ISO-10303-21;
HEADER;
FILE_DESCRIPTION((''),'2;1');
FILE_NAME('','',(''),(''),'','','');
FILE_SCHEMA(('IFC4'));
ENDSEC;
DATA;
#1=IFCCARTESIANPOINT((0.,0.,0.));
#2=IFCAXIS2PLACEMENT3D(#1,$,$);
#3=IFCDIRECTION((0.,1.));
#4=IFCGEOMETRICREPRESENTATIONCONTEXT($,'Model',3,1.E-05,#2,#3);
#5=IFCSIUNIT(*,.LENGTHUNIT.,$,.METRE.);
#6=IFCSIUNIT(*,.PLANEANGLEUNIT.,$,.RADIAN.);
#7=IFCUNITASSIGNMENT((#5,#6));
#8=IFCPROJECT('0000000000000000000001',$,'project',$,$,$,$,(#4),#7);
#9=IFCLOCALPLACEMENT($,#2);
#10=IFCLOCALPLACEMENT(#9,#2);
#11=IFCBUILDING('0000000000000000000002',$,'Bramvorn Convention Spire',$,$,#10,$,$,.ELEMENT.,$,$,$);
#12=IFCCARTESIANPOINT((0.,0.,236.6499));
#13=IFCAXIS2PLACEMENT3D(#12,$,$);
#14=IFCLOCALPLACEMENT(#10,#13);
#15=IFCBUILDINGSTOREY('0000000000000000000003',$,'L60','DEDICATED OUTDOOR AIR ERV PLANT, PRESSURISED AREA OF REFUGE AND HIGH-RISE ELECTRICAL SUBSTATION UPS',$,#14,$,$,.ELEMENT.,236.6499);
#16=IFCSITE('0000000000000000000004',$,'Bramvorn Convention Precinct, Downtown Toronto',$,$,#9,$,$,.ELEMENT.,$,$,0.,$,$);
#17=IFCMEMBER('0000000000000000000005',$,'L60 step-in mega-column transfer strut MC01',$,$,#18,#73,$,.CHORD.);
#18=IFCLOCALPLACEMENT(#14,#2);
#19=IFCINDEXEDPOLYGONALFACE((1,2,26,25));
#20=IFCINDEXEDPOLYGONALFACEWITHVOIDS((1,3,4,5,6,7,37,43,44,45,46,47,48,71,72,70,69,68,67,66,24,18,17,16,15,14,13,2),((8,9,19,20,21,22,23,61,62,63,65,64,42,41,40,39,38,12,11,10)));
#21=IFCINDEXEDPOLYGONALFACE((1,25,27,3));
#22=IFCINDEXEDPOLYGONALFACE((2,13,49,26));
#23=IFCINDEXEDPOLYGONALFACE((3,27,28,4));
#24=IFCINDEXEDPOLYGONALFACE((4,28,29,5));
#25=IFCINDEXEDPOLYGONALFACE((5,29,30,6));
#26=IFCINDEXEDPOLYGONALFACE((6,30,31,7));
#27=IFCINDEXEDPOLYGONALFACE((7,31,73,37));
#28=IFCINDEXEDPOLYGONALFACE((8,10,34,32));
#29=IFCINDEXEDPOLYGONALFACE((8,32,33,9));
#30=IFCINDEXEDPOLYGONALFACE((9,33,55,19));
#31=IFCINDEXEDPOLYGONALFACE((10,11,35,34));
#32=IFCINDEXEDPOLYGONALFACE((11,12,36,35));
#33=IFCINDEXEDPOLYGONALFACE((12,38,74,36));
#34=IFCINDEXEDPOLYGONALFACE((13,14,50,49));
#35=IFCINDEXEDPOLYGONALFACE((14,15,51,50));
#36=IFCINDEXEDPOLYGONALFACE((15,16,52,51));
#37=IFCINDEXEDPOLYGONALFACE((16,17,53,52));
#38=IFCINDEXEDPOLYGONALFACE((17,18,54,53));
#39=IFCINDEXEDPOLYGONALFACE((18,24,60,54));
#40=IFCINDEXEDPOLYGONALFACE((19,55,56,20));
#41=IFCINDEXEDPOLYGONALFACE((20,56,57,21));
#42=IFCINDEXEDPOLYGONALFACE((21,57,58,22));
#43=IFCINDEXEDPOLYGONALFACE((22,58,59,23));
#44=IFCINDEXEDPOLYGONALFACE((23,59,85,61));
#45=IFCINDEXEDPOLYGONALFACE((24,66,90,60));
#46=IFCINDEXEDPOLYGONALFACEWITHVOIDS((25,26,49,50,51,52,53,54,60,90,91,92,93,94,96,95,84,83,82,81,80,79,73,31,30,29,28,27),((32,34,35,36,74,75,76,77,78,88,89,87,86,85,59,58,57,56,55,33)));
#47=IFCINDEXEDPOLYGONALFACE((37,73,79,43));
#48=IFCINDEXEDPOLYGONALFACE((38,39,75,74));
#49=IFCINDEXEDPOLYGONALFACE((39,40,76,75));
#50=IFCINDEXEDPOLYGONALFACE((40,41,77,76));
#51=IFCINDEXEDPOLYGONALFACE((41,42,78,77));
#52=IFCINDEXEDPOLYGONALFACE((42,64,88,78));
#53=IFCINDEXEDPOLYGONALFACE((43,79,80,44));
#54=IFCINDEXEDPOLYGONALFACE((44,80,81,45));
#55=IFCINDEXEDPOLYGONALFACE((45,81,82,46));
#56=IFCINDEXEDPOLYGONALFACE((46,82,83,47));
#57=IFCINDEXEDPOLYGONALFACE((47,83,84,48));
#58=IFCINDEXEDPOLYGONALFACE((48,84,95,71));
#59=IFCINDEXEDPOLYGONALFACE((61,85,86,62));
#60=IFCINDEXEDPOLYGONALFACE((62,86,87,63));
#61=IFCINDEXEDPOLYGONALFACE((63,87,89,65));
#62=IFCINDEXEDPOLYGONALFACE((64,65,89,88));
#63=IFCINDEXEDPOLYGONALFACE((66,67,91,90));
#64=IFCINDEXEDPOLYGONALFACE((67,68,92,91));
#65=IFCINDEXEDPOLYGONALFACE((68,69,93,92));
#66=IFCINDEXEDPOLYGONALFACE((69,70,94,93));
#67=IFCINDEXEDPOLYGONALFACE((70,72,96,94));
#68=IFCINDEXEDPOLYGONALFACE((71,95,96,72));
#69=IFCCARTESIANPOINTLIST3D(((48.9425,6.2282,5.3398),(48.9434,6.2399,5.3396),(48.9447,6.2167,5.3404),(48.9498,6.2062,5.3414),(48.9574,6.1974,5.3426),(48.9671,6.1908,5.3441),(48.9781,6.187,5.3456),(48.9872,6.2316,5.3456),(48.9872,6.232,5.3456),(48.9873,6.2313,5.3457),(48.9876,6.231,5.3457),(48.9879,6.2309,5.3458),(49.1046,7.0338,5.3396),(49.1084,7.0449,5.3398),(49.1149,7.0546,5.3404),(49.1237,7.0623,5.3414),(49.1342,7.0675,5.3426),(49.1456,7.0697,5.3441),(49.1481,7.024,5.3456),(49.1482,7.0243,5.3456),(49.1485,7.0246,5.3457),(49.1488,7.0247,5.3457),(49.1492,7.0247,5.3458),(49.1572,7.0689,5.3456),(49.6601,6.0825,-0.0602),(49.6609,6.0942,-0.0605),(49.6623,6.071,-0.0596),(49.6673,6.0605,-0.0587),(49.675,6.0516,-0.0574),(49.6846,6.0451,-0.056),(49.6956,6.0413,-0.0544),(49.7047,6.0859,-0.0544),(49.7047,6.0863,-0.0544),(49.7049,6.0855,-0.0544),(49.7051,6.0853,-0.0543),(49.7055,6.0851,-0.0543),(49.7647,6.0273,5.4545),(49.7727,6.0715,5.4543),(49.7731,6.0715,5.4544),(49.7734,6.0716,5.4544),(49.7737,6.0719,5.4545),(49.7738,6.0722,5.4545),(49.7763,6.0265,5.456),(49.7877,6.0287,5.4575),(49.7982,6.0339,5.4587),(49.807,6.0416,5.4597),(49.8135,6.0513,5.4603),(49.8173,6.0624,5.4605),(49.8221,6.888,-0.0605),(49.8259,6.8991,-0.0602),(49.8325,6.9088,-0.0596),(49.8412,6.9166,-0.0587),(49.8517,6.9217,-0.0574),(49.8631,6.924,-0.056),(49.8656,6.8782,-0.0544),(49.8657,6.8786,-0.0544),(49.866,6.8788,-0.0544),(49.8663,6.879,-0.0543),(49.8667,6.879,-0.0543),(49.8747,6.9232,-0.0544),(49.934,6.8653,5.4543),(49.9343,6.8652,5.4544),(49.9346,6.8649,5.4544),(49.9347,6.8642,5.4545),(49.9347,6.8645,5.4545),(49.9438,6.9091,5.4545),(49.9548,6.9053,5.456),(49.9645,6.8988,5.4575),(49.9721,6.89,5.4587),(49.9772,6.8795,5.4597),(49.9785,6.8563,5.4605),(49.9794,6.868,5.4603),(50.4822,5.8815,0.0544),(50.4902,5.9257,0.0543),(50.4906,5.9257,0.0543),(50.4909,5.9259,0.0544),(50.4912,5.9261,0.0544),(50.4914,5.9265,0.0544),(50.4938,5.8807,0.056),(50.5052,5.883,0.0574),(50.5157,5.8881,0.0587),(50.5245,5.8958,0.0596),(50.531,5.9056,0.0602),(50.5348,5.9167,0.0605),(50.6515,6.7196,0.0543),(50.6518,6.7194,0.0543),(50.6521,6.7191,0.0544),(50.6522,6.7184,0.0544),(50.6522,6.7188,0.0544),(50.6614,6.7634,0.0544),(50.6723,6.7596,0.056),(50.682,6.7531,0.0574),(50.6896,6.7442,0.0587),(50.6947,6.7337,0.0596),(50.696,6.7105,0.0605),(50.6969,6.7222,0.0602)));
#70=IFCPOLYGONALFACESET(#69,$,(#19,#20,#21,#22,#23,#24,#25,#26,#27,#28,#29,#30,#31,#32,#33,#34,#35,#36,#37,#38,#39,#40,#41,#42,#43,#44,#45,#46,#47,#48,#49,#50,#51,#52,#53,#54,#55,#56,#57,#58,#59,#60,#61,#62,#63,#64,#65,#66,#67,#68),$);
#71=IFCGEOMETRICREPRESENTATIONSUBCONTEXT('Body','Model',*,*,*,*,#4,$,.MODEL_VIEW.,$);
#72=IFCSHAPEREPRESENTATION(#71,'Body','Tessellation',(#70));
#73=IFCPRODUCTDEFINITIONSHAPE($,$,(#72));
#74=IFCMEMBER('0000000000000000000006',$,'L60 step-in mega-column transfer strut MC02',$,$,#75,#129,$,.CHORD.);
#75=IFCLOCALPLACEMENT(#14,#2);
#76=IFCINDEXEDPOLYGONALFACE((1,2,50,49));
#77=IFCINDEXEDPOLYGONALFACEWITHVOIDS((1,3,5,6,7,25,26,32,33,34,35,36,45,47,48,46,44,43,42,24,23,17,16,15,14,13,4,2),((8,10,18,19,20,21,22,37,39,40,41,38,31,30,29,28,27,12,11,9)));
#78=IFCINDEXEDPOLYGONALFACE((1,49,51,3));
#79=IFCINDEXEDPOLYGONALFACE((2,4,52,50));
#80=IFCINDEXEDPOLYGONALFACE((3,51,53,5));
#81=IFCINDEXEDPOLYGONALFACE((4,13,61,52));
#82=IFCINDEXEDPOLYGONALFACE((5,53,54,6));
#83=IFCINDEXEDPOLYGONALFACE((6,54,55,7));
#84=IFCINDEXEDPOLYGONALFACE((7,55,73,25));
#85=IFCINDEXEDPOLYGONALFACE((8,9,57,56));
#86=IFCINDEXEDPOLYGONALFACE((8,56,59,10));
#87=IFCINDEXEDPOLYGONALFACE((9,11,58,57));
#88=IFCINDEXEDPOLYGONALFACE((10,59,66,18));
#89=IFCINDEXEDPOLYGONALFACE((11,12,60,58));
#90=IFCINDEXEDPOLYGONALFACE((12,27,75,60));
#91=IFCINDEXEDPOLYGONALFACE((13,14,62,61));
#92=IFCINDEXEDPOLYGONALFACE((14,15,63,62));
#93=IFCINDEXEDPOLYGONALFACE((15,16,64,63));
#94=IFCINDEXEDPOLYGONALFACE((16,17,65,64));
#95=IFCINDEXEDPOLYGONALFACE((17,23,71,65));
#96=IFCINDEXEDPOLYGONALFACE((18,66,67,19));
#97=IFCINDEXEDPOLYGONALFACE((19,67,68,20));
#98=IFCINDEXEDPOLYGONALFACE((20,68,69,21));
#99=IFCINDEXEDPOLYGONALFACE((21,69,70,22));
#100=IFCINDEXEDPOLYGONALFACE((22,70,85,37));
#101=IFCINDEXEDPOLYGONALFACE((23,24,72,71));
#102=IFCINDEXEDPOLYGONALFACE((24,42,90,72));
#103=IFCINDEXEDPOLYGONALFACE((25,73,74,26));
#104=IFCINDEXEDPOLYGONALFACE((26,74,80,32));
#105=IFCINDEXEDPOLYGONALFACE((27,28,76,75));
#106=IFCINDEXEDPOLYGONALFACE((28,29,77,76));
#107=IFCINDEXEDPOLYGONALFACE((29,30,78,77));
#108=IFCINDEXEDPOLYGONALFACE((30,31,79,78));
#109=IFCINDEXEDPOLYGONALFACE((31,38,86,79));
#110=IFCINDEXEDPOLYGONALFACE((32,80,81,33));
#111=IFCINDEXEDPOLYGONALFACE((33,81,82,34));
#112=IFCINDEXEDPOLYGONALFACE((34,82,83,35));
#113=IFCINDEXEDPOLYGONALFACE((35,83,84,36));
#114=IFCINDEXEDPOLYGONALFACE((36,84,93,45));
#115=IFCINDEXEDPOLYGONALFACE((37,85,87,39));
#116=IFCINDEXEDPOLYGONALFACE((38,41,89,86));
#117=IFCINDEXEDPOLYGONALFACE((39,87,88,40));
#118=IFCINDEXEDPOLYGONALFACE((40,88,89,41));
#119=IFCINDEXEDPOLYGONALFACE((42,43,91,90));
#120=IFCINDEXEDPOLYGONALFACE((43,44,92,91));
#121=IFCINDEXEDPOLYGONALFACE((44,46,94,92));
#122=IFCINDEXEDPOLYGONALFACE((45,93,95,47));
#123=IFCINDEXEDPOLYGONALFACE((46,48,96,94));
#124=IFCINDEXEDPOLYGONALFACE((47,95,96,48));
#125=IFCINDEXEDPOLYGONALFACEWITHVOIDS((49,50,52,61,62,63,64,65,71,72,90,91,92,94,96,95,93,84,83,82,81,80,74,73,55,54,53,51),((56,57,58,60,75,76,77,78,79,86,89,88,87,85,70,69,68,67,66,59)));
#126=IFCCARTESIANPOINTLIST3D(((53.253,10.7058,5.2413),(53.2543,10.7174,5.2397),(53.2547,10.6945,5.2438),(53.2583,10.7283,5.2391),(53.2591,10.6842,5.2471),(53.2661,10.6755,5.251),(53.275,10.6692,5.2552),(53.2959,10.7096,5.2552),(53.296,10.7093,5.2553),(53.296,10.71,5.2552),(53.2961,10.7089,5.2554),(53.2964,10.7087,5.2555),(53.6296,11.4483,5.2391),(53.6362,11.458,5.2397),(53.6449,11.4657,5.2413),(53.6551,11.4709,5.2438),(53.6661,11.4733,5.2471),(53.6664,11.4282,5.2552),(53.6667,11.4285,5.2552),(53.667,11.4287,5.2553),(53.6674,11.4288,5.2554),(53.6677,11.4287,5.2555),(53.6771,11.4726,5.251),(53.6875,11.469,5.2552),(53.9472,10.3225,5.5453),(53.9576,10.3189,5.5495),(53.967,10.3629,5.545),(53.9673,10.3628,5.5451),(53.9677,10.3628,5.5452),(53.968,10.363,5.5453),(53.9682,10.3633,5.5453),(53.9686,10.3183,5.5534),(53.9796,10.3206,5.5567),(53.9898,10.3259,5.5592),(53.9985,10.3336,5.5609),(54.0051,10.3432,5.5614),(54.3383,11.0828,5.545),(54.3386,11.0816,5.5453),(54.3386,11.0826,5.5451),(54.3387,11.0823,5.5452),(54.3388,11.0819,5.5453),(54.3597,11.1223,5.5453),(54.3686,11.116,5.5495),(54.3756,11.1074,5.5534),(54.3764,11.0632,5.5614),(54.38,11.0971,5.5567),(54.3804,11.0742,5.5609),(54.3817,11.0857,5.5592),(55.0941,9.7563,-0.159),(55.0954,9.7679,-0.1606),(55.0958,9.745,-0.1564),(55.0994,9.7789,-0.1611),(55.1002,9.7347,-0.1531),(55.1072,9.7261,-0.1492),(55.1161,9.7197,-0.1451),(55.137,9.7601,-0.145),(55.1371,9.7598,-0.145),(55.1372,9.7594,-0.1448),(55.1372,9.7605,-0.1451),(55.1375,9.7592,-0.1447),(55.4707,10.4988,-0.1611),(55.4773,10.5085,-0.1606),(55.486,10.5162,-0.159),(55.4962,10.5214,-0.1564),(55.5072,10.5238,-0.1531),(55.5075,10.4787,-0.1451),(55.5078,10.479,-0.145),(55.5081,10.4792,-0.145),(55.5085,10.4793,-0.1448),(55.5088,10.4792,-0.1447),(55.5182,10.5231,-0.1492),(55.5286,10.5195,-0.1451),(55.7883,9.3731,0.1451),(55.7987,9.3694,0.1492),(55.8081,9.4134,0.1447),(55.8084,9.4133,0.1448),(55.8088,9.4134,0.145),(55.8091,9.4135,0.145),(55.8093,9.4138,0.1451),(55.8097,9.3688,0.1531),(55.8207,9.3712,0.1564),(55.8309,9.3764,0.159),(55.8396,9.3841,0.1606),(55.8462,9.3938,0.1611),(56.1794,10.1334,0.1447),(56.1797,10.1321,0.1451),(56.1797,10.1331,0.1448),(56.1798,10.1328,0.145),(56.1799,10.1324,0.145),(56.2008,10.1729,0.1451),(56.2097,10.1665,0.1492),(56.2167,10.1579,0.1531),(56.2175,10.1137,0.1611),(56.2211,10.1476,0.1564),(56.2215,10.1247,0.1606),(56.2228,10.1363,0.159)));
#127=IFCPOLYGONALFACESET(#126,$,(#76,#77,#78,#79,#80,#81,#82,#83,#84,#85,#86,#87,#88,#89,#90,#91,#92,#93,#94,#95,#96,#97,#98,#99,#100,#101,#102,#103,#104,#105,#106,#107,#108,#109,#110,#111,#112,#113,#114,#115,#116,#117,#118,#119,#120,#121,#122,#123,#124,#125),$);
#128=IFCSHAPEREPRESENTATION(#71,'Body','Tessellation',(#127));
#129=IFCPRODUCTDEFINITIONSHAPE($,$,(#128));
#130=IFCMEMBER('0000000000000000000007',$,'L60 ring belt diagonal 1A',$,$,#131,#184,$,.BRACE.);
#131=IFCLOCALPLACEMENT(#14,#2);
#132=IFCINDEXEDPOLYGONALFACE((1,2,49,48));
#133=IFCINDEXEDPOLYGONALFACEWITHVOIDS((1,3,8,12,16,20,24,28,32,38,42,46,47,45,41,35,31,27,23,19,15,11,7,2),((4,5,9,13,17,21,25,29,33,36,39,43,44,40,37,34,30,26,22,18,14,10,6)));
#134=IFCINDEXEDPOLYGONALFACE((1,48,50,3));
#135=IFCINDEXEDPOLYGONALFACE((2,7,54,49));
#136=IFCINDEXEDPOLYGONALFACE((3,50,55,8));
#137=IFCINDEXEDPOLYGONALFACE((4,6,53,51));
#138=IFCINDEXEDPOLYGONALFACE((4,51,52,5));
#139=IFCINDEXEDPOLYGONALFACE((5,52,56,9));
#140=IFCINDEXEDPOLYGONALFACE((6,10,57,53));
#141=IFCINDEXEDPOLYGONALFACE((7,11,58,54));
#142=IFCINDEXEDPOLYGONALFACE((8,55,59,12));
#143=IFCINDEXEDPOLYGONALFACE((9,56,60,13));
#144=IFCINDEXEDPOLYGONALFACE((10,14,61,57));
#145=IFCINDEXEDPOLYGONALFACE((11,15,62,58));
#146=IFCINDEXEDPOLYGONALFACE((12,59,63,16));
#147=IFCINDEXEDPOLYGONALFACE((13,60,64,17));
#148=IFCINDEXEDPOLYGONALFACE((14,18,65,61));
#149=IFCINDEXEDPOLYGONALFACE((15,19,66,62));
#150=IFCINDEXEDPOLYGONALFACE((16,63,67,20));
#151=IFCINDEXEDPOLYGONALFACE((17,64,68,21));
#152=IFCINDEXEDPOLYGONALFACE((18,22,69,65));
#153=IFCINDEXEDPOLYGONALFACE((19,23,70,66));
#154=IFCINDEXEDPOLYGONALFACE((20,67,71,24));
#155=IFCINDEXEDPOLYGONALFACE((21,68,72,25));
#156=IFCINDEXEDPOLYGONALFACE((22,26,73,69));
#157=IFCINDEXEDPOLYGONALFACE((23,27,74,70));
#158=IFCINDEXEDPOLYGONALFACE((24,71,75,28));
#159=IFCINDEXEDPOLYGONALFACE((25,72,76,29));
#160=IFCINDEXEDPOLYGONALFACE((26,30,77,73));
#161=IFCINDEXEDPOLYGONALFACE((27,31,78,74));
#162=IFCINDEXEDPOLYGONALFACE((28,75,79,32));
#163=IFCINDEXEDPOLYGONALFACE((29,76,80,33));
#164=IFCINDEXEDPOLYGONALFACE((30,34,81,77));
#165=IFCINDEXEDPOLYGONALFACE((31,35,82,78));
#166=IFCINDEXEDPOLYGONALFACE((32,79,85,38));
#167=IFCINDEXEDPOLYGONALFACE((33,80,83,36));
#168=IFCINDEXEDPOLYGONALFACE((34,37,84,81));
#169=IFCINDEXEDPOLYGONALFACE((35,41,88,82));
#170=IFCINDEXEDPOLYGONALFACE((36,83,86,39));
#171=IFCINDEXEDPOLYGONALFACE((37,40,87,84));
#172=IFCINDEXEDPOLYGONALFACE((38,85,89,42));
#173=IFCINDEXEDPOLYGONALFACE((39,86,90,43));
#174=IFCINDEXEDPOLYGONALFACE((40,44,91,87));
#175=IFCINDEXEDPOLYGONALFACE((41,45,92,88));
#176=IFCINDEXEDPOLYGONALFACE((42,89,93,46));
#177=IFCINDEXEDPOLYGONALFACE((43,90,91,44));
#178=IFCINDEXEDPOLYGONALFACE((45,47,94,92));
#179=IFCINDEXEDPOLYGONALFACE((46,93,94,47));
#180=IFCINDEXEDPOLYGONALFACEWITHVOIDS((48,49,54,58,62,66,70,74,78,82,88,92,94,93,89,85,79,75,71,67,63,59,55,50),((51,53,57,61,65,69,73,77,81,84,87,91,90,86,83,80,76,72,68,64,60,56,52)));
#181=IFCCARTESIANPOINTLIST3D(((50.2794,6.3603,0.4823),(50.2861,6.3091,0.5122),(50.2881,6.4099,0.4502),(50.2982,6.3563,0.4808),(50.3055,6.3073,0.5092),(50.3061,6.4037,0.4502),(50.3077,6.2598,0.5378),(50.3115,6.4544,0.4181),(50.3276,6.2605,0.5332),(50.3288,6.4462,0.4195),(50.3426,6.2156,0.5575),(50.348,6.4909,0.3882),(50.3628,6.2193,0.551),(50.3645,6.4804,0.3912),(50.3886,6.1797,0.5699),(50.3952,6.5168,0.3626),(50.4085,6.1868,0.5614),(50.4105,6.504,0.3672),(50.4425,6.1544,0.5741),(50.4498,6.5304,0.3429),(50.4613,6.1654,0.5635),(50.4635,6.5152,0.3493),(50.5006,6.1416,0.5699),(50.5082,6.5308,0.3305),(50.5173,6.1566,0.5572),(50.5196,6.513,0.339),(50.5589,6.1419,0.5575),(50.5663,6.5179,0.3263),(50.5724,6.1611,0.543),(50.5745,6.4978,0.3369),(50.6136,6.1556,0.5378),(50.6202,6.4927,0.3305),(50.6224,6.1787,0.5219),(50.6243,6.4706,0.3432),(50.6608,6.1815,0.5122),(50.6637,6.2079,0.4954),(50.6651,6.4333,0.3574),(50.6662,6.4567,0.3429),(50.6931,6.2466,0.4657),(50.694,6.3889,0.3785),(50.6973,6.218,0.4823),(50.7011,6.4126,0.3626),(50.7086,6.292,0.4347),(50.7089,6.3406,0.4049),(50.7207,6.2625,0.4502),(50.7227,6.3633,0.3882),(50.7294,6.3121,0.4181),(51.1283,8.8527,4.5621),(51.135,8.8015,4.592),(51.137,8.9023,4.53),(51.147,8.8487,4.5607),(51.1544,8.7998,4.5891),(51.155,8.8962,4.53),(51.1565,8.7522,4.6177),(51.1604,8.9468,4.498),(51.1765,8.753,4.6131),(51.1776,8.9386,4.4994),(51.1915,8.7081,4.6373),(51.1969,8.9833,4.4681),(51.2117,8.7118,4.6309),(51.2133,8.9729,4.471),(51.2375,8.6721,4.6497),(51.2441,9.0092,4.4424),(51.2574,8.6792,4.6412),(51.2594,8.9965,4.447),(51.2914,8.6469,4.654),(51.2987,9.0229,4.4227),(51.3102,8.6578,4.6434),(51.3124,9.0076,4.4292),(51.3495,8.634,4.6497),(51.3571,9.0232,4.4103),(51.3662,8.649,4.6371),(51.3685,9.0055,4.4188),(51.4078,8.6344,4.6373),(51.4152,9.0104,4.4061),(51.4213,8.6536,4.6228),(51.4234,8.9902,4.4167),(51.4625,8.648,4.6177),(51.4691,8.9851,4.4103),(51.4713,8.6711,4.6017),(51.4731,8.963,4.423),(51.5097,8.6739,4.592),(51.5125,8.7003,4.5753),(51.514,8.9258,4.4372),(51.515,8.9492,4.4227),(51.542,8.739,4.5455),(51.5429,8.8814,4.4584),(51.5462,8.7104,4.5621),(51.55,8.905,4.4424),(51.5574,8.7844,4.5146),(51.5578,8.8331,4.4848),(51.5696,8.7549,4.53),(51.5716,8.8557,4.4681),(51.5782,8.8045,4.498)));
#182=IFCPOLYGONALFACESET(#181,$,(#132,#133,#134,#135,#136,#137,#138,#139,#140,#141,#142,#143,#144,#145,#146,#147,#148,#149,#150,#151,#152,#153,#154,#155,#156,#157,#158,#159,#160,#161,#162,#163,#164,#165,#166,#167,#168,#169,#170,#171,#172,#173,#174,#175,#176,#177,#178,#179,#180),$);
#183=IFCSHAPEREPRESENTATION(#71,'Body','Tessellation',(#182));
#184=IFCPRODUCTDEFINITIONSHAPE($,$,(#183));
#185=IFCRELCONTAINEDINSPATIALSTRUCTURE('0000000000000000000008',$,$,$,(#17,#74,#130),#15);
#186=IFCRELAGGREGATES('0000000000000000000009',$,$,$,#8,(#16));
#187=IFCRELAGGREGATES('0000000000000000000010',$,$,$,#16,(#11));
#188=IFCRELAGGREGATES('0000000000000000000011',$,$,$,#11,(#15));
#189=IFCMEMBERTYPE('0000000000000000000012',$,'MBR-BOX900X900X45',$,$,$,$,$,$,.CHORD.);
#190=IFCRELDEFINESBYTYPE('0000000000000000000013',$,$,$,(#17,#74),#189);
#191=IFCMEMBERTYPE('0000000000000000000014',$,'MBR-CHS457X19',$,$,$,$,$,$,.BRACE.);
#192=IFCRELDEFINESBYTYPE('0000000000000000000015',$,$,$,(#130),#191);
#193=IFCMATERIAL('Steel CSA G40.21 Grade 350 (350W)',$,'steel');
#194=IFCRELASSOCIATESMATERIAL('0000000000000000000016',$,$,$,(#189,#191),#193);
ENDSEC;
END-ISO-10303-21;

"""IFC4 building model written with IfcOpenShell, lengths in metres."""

from ifc_helpers import new_model, si_unit, direction, frame, origin, origin_2d, place, context, subcontext, project, spatial, hollow_rectangle, hollow_circle, extrude, material, material_profile, profile_set, type_object, element, save


model = new_model("IFC4")

# Units and contexts
model_context = context("Model", 3, precision=1e-05, world=origin(), true_north=direction((0.0, 1.0)))
body_context = subcontext(model_context, "Body", "Model", "MODEL_VIEW")
ifc_project = project(units=[si_unit("LENGTHUNIT", "METRE"), si_unit("PLANEANGLEUNIT", "RADIAN")], contexts=[model_context])

# Site, building, storey
site_placement = place(None, origin())
site = spatial("IfcSite", under=ifc_project, at=site_placement, Name="Bramvorn Convention Precinct, Downtown Toronto", CompositionType="ELEMENT", RefElevation=0.0)
building_placement = place(site_placement, origin())
building = spatial("IfcBuilding", under=site, at=building_placement, Name="Bramvorn Convention Spire", CompositionType="ELEMENT")
storey_placement = place(building_placement, frame((0.0, 0.0, 236.6499)))
storey = spatial("IfcBuildingStorey", under=building, at=storey_placement, Name="L60", Description="DEDICATED OUTDOOR AIR ERV PLANT, PRESSURISED AREA OF REFUGE AND HIGH-RISE ELECTRICAL SUBSTATION UPS", CompositionType="ELEMENT", Elevation=236.6499)

# Shared definitions
ifc_material_1 = material(Name="Steel CSA G40.21 Grade 350 (350W)", Category="steel")

# Members
ifc_material_profile_1 = material_profile(ifc_material_1, hollow_rectangle(XDim=0.8999, YDim=0.8999, WallThickness=0.0449, InnerFilletRadius=0.001, OuterFilletRadius=0.0449, at=origin_2d()))
ifc_profile_set_1 = profile_set([ifc_material_profile_1], Name="Steel CSA G40.21 Grade 350 (350W) - BOX900X900X45")
member_type_1 = type_object("IfcMemberType", Name="MBR-BOX900X900X45", PredefinedType="CHORD", material=ifc_profile_set_1)
member_1_placement = place(storey_placement, frame((50.1785, 6.4023, 0.0), z_axis=(-0.131667, 0.026746, 0.990933), x_axis=(-0.199065, -0.979986, 0.0)))
element("IfcMember", 1, at=member_1_placement, inside=storey, type_object=member_type_1, Name="L60 step-in mega-column transfer strut MC01", PredefinedType="CHORD", context=body_context, shape_type="SweptSolid", body=[
    extrude(hollow_rectangle(XDim=0.8999, YDim=0.8999, WallThickness=0.0449, InnerFilletRadius=0.001, OuterFilletRadius=0.0449, at=origin_2d()), origin(), (0.0, 0.0, 1.0), 5.4495),
])
member_2_placement = place(storey_placement, frame((55.6584, 9.9463, 0.0), z_axis=(-0.318313, 0.164158, 0.933664), x_axis=(-0.458352, -0.888771, 0.0)))
element("IfcMember", 2, at=member_2_placement, inside=storey, type_object=member_type_1, Name="L60 step-in mega-column transfer strut MC02", PredefinedType="CHORD", context=body_context, shape_type="SweptSolid", body=[
    extrude(hollow_rectangle(XDim=0.8999, YDim=0.8999, WallThickness=0.0449, InnerFilletRadius=0.001, OuterFilletRadius=0.0449, at=origin_2d()), origin(), (0.0, 0.0, 1.0), 5.7839),
])
ifc_material_profile_2 = material_profile(ifc_material_1, hollow_circle(Radius=0.2285, WallThickness=0.019, at=origin_2d()))
ifc_profile_set_2 = profile_set([ifc_material_profile_2], Name="Steel CSA G40.21 Grade 350 (350W) - CHS457X19")
member_type_2 = type_object("IfcMemberType", Name="MBR-CHS457X19", PredefinedType="BRACE", material=ifc_profile_set_2)
member_3_placement = place(storey_placement, frame((50.5044, 6.3362, 0.4502), z_axis=(0.174821, 0.5133, 0.840215), x_axis=(-0.946605, 0.322396, 0.0)))
element("IfcMember", 3, at=member_3_placement, inside=storey, type_object=member_type_2, Name="L60 ring belt diagonal 1A", PredefinedType="BRACE", context=body_context, shape_type="SweptSolid", body=[
    extrude(hollow_circle(Radius=0.2285, WallThickness=0.019, at=origin_2d()), origin(), (0.0, 0.0, 1.0), 4.8557),
])

save(model, "model.ifc")
